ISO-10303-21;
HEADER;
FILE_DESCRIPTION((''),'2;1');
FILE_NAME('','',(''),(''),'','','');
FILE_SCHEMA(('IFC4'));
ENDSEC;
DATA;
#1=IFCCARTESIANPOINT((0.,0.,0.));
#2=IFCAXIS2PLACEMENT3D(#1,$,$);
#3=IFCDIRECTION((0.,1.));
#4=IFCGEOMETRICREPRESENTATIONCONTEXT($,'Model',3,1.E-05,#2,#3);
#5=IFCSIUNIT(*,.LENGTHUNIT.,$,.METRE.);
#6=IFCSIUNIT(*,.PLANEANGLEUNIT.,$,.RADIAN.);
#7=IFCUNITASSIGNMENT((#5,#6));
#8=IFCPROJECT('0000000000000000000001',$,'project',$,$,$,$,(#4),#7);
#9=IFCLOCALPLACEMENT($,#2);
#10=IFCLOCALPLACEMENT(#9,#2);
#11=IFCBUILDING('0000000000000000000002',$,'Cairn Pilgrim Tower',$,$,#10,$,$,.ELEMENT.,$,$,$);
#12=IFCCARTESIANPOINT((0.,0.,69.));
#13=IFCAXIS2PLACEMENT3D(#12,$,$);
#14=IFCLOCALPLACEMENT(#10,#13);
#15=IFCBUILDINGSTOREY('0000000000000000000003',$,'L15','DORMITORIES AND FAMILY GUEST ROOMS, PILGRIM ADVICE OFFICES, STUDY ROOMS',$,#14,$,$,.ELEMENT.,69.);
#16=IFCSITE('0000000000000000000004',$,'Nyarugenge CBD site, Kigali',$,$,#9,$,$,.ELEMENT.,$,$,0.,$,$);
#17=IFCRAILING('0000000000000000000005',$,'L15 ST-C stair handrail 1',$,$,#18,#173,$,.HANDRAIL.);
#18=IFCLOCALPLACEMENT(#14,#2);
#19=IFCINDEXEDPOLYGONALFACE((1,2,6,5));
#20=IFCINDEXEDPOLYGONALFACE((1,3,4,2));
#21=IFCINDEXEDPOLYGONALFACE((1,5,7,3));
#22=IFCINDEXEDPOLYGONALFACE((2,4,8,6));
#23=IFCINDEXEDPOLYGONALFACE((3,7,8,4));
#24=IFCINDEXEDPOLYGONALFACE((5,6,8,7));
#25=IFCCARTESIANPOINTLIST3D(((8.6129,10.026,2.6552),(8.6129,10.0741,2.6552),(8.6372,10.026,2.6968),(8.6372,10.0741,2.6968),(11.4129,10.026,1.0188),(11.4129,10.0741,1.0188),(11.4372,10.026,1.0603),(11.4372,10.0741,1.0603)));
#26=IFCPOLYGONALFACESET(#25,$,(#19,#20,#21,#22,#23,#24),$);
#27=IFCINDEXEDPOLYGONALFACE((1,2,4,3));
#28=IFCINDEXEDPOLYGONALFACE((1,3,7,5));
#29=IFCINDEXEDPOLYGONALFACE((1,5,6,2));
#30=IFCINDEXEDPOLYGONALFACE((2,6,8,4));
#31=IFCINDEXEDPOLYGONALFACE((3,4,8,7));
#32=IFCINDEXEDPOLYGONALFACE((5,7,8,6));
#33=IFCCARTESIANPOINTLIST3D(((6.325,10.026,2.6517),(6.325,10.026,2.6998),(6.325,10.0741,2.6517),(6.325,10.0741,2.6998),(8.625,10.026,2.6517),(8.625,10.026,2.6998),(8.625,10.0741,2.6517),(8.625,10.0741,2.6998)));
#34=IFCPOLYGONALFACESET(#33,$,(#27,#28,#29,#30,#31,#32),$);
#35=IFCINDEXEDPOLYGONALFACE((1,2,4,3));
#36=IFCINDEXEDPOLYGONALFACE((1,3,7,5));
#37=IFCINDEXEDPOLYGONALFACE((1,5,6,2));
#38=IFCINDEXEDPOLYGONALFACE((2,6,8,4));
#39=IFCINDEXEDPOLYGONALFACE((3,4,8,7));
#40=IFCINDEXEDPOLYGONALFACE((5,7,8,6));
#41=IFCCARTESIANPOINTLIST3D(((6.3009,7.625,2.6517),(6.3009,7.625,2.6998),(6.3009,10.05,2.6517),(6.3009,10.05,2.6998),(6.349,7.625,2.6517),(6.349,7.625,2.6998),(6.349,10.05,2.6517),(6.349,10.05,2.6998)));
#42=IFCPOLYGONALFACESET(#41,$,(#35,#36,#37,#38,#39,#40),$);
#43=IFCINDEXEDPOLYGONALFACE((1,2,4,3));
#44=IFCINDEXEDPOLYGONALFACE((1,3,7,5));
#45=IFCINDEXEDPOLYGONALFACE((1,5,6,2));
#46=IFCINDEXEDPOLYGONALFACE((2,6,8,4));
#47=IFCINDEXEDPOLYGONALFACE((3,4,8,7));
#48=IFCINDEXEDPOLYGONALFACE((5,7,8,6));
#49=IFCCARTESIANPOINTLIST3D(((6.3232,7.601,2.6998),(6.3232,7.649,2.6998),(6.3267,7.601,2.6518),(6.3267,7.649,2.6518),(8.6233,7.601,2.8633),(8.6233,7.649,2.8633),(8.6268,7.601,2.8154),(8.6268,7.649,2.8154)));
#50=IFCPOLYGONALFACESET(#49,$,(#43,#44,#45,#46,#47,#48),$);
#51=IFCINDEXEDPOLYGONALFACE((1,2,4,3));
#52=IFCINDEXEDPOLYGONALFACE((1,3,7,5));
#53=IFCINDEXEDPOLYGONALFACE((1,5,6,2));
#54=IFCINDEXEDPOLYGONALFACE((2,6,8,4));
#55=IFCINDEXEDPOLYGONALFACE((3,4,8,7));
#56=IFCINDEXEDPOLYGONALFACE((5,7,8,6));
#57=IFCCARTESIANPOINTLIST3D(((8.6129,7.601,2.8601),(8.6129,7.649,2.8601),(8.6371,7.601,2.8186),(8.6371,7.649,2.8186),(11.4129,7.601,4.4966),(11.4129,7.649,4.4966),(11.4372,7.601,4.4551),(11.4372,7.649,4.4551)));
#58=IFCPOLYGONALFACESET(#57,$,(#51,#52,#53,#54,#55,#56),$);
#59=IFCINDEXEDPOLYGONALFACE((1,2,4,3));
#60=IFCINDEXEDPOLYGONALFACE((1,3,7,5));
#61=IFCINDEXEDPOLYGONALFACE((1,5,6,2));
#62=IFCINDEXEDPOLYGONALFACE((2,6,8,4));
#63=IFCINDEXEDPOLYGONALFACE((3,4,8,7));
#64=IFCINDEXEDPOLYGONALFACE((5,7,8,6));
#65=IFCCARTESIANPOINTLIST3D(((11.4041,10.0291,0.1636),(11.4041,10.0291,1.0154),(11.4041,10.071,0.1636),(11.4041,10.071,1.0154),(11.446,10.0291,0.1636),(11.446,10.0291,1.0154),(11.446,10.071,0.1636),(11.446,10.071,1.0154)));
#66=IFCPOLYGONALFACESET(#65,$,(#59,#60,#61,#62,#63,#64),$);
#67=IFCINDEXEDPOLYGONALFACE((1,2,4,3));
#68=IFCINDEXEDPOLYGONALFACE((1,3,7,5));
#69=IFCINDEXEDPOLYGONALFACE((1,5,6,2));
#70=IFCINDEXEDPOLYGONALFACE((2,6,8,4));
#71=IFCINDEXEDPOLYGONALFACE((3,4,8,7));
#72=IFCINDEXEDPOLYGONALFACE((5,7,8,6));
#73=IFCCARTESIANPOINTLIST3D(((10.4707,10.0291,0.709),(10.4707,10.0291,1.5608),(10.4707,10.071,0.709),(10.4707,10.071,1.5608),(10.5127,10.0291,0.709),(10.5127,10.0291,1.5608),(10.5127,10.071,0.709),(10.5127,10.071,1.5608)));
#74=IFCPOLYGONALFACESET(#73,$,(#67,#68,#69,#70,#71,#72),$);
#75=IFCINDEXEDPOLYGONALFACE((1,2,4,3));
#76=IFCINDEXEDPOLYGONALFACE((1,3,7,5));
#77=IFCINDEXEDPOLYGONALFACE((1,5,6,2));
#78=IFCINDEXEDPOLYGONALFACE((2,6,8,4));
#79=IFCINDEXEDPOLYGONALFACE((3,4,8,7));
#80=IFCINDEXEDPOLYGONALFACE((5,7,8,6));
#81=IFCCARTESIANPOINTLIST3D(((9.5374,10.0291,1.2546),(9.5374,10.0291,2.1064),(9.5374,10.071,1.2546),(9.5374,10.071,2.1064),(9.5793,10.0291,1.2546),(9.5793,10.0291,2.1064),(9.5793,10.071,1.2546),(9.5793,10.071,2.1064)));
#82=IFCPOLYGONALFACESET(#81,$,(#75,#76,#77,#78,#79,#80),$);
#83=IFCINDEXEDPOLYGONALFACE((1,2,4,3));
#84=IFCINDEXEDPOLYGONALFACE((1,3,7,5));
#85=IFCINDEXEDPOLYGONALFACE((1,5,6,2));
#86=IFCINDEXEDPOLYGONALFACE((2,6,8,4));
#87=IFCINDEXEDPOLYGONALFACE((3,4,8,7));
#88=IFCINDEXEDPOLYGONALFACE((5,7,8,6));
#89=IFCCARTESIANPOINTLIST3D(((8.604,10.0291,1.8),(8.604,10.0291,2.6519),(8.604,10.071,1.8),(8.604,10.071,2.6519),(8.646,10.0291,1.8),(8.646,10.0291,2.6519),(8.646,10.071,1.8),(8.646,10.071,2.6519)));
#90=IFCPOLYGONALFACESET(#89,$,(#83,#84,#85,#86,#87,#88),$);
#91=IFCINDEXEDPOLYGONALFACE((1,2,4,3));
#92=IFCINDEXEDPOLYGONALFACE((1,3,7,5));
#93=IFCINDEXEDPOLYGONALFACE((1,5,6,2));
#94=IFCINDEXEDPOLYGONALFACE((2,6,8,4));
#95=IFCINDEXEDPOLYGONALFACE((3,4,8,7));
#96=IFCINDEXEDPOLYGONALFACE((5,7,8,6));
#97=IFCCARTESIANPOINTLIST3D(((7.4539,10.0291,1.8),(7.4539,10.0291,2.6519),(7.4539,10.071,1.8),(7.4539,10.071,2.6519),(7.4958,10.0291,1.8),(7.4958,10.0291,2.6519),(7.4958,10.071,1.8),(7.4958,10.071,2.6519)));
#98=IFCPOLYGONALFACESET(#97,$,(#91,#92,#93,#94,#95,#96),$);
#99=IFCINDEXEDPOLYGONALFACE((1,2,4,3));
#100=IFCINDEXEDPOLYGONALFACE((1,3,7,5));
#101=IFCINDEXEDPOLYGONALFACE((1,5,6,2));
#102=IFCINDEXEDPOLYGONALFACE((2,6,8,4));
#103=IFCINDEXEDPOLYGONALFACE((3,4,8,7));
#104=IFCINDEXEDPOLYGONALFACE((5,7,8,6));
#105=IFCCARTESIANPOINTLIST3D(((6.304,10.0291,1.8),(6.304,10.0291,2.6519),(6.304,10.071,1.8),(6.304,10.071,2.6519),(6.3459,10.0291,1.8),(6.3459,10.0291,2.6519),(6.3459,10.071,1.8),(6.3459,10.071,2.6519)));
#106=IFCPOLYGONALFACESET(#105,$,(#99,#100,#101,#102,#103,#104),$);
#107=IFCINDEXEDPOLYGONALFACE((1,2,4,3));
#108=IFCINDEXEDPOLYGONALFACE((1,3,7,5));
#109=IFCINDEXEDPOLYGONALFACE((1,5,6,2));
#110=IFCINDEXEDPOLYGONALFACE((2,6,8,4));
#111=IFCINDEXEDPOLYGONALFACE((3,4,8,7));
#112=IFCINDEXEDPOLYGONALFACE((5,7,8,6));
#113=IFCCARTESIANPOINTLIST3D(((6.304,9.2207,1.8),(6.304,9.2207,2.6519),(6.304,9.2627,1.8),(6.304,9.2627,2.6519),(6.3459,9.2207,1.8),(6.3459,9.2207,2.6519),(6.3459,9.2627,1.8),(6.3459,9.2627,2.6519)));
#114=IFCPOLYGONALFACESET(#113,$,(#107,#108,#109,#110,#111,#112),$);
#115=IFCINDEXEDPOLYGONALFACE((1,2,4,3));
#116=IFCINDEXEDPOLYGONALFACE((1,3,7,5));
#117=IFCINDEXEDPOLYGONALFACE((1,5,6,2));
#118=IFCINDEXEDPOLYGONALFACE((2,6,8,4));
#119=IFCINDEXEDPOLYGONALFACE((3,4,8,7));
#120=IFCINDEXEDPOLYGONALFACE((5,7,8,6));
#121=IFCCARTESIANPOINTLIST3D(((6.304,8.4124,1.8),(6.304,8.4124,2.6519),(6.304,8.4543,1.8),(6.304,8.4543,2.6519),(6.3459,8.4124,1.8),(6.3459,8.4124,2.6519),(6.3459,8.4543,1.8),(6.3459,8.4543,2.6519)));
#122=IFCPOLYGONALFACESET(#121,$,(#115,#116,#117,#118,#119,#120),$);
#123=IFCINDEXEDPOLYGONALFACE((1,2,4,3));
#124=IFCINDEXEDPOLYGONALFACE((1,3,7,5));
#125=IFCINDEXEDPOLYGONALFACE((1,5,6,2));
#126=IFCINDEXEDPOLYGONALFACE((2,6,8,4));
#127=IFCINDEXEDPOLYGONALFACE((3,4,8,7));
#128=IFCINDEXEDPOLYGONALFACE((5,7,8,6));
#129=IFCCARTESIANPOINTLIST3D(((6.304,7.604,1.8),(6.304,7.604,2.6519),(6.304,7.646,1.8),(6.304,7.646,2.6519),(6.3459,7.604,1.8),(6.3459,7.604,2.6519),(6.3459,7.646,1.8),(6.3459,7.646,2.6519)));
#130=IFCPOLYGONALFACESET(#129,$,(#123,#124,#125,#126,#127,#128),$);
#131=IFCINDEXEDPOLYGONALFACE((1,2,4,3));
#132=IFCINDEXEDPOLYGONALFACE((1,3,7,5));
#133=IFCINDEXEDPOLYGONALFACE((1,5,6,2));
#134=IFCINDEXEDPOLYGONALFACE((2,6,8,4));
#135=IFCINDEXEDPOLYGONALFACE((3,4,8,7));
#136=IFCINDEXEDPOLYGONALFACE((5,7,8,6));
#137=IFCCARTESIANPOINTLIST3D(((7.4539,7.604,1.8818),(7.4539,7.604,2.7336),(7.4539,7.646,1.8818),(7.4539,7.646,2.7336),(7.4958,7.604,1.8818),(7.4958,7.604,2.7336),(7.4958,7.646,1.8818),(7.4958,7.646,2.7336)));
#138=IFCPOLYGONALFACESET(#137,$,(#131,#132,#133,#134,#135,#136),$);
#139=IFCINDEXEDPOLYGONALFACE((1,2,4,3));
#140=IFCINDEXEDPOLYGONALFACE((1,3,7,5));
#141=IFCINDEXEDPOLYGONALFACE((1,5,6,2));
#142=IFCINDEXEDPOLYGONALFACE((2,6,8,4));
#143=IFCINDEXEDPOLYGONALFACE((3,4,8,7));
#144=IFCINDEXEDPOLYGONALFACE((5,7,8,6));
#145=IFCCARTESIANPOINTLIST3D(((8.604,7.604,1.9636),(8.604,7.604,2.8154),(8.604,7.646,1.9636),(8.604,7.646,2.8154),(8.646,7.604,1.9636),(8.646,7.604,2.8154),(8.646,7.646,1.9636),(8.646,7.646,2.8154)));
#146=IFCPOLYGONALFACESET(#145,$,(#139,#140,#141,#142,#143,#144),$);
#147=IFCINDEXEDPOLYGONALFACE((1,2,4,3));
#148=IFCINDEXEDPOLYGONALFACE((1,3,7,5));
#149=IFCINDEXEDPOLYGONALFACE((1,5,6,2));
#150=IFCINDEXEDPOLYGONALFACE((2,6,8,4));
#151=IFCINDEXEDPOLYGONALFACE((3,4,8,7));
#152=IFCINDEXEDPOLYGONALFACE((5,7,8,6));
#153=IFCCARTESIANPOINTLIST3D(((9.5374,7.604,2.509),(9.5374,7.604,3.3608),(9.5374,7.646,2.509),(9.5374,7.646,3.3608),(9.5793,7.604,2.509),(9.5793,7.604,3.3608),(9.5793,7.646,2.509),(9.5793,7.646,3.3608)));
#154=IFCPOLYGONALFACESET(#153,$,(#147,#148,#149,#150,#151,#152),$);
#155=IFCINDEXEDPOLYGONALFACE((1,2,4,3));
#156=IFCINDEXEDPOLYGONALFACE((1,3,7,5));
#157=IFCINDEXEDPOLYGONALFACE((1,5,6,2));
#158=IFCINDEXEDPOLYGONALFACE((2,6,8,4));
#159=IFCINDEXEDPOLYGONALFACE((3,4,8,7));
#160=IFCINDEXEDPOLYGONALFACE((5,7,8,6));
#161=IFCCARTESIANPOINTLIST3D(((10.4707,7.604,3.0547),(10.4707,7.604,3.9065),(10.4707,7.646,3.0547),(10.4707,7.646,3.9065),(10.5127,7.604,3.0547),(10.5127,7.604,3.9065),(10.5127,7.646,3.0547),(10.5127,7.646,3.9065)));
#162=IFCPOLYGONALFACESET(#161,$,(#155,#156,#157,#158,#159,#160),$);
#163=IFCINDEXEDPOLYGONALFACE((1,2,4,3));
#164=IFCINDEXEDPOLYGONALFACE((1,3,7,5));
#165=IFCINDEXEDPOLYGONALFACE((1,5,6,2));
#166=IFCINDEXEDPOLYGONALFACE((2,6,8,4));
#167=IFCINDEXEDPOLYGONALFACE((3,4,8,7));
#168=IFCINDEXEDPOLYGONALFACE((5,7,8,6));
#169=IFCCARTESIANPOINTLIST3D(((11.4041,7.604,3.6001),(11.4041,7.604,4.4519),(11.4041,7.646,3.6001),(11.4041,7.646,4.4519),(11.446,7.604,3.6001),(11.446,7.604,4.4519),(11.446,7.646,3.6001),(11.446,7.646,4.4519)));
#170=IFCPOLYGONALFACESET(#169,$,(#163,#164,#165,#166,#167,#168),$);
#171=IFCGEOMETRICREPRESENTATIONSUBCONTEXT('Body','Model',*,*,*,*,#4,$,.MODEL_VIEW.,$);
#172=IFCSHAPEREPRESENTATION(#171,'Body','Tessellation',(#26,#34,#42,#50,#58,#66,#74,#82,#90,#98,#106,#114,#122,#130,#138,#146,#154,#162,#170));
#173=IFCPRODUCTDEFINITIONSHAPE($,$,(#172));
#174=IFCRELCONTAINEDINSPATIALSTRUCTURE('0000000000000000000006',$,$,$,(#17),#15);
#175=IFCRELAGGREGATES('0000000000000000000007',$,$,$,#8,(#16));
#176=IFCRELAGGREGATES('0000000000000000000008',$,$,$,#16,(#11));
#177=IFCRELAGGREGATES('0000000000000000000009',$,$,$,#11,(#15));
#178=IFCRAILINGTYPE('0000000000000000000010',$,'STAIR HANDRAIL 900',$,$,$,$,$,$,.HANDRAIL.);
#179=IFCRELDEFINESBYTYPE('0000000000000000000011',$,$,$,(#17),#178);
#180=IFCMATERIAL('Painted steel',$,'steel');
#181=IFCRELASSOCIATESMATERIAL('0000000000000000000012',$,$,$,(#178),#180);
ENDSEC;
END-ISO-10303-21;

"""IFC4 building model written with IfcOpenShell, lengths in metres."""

from ifc_helpers import new_model, si_unit, direction, frame, origin, origin_2d, place, context, subcontext, project, spatial, rectangle, extrude, material, type_object, element, save


model = new_model("IFC4")

# Units and contexts
model_context = context("Model", 3, precision=1e-05, world=origin(), true_north=direction((0.0, 1.0)))
body_context = subcontext(model_context, "Body", "Model", "MODEL_VIEW")
ifc_project = project(units=[si_unit("LENGTHUNIT", "METRE"), si_unit("PLANEANGLEUNIT", "RADIAN")], contexts=[model_context])

# Site, building, storey
site_placement = place(None, origin())
site = spatial("IfcSite", under=ifc_project, at=site_placement, Name="Nyarugenge CBD site, Kigali", CompositionType="ELEMENT", RefElevation=0.0)
building_placement = place(site_placement, origin())
building = spatial("IfcBuilding", under=site, at=building_placement, Name="Cairn Pilgrim Tower", CompositionType="ELEMENT")
storey_placement = place(building_placement, frame((0.0, 0.0, 69.0)))
storey = spatial("IfcBuildingStorey", under=building, at=storey_placement, Name="L15", Description="DORMITORIES AND FAMILY GUEST ROOMS, PILGRIM ADVICE OFFICES, STUDY ROOMS", CompositionType="ELEMENT", Elevation=69.0)

# Shared definitions
ifc_material_1 = material(Name="Painted steel", Category="steel")

# Railing
railing_type_1 = type_object("IfcRailingType", Name="STAIR HANDRAIL 900", PredefinedType="HANDRAIL", material=ifc_material_1)
railing_1_placement = place(storey_placement, frame((11.425, 10.05, 0.1636)))
element("IfcRailing", 1, at=railing_1_placement, inside=storey, type_object=railing_type_1, Name="L15 ST-C stair handrail 1", PredefinedType="HANDRAIL", context=body_context, shape_type="SweptSolid", body=[
    extrude(rectangle(XDim=0.0481, YDim=0.0481, at=origin_2d()), frame((0.0, 0.0, 0.876), z_axis=(-0.863361, 0.0, 0.504587), x_axis=(0.0, -1.0, 0.0)), (0.0, 0.0, 1.0), 3.2432),
    extrude(rectangle(XDim=0.0481, YDim=0.0481, at=origin_2d()), frame((-2.8, 0.0, 2.5122), z_axis=(-1.0, 0.0, 0.0), x_axis=(0.0, -1.0, 0.0)), (0.0, 0.0, 1.0), 2.3),
    extrude(rectangle(XDim=0.0481, YDim=0.0481, at=origin_2d()), frame((-5.1001, 0.0, 2.5122), z_axis=(0.0, -1.0, 0.0), x_axis=(1.0, 0.0, 0.0)), (0.0, 0.0, 1.0), 2.425),
    extrude(rectangle(XDim=0.0481, YDim=0.0481, at=origin_2d()), frame((-5.1001, -2.425, 2.5122), z_axis=(0.997481, 0.0, 0.070939), x_axis=(0.0, 1.0, 0.0)), (0.0, 0.0, 1.0), 2.3059),
    extrude(rectangle(XDim=0.0481, YDim=0.0481, at=origin_2d()), frame((-2.8, -2.425, 2.6758), z_axis=(0.863361, 0.0, 0.504587), x_axis=(0.0, 1.0, 0.0)), (0.0, 0.0, 1.0), 3.2432),
    extrude(rectangle(XDim=0.042, YDim=0.042, at=origin_2d()), origin(), (0.0, 0.0, 1.0), 0.8518),
    extrude(rectangle(XDim=0.042, YDim=0.042, at=origin_2d()), frame((-0.9333, 0.0, 0.5454)), (0.0, 0.0, 1.0), 0.8518),
    extrude(rectangle(XDim=0.042, YDim=0.042, at=origin_2d()), frame((-1.8667, 0.0, 1.0911)), (0.0, 0.0, 1.0), 0.8518),
    extrude(rectangle(XDim=0.042, YDim=0.042, at=origin_2d()), frame((-2.8, 0.0, 1.6365)), (0.0, 0.0, 1.0), 0.8518),
    extrude(rectangle(XDim=0.042, YDim=0.042, at=origin_2d()), frame((-3.9502, 0.0, 1.6365)), (0.0, 0.0, 1.0), 0.8518),
    extrude(rectangle(XDim=0.042, YDim=0.042, at=origin_2d()), frame((-5.1001, 0.0, 1.6365)), (0.0, 0.0, 1.0), 0.8518),
    extrude(rectangle(XDim=0.042, YDim=0.042, at=origin_2d()), frame((-5.1001, -0.8083, 1.6365)), (0.0, 0.0, 1.0), 0.8518),
    extrude(rectangle(XDim=0.042, YDim=0.042, at=origin_2d()), frame((-5.1001, -1.6167, 1.6365)), (0.0, 0.0, 1.0), 0.8518),
    extrude(rectangle(XDim=0.042, YDim=0.042, at=origin_2d()), frame((-5.1001, -2.425, 1.6365)), (0.0, 0.0, 1.0), 0.8518),
    extrude(rectangle(XDim=0.042, YDim=0.042, at=origin_2d()), frame((-3.9502, -2.425, 1.7183)), (0.0, 0.0, 1.0), 0.8518),
    extrude(rectangle(XDim=0.042, YDim=0.042, at=origin_2d()), frame((-2.8, -2.425, 1.8)), (0.0, 0.0, 1.0), 0.8518),
    extrude(rectangle(XDim=0.042, YDim=0.042, at=origin_2d()), frame((-1.8667, -2.425, 2.3455)), (0.0, 0.0, 1.0), 0.8518),
    extrude(rectangle(XDim=0.042, YDim=0.042, at=origin_2d()), frame((-0.9333, -2.425, 2.8911)), (0.0, 0.0, 1.0), 0.8518),
    extrude(rectangle(XDim=0.042, YDim=0.042, at=origin_2d()), frame((0.0, -2.425, 3.4365)), (0.0, 0.0, 1.0), 0.8518),
])

save(model, "model.ifc")
